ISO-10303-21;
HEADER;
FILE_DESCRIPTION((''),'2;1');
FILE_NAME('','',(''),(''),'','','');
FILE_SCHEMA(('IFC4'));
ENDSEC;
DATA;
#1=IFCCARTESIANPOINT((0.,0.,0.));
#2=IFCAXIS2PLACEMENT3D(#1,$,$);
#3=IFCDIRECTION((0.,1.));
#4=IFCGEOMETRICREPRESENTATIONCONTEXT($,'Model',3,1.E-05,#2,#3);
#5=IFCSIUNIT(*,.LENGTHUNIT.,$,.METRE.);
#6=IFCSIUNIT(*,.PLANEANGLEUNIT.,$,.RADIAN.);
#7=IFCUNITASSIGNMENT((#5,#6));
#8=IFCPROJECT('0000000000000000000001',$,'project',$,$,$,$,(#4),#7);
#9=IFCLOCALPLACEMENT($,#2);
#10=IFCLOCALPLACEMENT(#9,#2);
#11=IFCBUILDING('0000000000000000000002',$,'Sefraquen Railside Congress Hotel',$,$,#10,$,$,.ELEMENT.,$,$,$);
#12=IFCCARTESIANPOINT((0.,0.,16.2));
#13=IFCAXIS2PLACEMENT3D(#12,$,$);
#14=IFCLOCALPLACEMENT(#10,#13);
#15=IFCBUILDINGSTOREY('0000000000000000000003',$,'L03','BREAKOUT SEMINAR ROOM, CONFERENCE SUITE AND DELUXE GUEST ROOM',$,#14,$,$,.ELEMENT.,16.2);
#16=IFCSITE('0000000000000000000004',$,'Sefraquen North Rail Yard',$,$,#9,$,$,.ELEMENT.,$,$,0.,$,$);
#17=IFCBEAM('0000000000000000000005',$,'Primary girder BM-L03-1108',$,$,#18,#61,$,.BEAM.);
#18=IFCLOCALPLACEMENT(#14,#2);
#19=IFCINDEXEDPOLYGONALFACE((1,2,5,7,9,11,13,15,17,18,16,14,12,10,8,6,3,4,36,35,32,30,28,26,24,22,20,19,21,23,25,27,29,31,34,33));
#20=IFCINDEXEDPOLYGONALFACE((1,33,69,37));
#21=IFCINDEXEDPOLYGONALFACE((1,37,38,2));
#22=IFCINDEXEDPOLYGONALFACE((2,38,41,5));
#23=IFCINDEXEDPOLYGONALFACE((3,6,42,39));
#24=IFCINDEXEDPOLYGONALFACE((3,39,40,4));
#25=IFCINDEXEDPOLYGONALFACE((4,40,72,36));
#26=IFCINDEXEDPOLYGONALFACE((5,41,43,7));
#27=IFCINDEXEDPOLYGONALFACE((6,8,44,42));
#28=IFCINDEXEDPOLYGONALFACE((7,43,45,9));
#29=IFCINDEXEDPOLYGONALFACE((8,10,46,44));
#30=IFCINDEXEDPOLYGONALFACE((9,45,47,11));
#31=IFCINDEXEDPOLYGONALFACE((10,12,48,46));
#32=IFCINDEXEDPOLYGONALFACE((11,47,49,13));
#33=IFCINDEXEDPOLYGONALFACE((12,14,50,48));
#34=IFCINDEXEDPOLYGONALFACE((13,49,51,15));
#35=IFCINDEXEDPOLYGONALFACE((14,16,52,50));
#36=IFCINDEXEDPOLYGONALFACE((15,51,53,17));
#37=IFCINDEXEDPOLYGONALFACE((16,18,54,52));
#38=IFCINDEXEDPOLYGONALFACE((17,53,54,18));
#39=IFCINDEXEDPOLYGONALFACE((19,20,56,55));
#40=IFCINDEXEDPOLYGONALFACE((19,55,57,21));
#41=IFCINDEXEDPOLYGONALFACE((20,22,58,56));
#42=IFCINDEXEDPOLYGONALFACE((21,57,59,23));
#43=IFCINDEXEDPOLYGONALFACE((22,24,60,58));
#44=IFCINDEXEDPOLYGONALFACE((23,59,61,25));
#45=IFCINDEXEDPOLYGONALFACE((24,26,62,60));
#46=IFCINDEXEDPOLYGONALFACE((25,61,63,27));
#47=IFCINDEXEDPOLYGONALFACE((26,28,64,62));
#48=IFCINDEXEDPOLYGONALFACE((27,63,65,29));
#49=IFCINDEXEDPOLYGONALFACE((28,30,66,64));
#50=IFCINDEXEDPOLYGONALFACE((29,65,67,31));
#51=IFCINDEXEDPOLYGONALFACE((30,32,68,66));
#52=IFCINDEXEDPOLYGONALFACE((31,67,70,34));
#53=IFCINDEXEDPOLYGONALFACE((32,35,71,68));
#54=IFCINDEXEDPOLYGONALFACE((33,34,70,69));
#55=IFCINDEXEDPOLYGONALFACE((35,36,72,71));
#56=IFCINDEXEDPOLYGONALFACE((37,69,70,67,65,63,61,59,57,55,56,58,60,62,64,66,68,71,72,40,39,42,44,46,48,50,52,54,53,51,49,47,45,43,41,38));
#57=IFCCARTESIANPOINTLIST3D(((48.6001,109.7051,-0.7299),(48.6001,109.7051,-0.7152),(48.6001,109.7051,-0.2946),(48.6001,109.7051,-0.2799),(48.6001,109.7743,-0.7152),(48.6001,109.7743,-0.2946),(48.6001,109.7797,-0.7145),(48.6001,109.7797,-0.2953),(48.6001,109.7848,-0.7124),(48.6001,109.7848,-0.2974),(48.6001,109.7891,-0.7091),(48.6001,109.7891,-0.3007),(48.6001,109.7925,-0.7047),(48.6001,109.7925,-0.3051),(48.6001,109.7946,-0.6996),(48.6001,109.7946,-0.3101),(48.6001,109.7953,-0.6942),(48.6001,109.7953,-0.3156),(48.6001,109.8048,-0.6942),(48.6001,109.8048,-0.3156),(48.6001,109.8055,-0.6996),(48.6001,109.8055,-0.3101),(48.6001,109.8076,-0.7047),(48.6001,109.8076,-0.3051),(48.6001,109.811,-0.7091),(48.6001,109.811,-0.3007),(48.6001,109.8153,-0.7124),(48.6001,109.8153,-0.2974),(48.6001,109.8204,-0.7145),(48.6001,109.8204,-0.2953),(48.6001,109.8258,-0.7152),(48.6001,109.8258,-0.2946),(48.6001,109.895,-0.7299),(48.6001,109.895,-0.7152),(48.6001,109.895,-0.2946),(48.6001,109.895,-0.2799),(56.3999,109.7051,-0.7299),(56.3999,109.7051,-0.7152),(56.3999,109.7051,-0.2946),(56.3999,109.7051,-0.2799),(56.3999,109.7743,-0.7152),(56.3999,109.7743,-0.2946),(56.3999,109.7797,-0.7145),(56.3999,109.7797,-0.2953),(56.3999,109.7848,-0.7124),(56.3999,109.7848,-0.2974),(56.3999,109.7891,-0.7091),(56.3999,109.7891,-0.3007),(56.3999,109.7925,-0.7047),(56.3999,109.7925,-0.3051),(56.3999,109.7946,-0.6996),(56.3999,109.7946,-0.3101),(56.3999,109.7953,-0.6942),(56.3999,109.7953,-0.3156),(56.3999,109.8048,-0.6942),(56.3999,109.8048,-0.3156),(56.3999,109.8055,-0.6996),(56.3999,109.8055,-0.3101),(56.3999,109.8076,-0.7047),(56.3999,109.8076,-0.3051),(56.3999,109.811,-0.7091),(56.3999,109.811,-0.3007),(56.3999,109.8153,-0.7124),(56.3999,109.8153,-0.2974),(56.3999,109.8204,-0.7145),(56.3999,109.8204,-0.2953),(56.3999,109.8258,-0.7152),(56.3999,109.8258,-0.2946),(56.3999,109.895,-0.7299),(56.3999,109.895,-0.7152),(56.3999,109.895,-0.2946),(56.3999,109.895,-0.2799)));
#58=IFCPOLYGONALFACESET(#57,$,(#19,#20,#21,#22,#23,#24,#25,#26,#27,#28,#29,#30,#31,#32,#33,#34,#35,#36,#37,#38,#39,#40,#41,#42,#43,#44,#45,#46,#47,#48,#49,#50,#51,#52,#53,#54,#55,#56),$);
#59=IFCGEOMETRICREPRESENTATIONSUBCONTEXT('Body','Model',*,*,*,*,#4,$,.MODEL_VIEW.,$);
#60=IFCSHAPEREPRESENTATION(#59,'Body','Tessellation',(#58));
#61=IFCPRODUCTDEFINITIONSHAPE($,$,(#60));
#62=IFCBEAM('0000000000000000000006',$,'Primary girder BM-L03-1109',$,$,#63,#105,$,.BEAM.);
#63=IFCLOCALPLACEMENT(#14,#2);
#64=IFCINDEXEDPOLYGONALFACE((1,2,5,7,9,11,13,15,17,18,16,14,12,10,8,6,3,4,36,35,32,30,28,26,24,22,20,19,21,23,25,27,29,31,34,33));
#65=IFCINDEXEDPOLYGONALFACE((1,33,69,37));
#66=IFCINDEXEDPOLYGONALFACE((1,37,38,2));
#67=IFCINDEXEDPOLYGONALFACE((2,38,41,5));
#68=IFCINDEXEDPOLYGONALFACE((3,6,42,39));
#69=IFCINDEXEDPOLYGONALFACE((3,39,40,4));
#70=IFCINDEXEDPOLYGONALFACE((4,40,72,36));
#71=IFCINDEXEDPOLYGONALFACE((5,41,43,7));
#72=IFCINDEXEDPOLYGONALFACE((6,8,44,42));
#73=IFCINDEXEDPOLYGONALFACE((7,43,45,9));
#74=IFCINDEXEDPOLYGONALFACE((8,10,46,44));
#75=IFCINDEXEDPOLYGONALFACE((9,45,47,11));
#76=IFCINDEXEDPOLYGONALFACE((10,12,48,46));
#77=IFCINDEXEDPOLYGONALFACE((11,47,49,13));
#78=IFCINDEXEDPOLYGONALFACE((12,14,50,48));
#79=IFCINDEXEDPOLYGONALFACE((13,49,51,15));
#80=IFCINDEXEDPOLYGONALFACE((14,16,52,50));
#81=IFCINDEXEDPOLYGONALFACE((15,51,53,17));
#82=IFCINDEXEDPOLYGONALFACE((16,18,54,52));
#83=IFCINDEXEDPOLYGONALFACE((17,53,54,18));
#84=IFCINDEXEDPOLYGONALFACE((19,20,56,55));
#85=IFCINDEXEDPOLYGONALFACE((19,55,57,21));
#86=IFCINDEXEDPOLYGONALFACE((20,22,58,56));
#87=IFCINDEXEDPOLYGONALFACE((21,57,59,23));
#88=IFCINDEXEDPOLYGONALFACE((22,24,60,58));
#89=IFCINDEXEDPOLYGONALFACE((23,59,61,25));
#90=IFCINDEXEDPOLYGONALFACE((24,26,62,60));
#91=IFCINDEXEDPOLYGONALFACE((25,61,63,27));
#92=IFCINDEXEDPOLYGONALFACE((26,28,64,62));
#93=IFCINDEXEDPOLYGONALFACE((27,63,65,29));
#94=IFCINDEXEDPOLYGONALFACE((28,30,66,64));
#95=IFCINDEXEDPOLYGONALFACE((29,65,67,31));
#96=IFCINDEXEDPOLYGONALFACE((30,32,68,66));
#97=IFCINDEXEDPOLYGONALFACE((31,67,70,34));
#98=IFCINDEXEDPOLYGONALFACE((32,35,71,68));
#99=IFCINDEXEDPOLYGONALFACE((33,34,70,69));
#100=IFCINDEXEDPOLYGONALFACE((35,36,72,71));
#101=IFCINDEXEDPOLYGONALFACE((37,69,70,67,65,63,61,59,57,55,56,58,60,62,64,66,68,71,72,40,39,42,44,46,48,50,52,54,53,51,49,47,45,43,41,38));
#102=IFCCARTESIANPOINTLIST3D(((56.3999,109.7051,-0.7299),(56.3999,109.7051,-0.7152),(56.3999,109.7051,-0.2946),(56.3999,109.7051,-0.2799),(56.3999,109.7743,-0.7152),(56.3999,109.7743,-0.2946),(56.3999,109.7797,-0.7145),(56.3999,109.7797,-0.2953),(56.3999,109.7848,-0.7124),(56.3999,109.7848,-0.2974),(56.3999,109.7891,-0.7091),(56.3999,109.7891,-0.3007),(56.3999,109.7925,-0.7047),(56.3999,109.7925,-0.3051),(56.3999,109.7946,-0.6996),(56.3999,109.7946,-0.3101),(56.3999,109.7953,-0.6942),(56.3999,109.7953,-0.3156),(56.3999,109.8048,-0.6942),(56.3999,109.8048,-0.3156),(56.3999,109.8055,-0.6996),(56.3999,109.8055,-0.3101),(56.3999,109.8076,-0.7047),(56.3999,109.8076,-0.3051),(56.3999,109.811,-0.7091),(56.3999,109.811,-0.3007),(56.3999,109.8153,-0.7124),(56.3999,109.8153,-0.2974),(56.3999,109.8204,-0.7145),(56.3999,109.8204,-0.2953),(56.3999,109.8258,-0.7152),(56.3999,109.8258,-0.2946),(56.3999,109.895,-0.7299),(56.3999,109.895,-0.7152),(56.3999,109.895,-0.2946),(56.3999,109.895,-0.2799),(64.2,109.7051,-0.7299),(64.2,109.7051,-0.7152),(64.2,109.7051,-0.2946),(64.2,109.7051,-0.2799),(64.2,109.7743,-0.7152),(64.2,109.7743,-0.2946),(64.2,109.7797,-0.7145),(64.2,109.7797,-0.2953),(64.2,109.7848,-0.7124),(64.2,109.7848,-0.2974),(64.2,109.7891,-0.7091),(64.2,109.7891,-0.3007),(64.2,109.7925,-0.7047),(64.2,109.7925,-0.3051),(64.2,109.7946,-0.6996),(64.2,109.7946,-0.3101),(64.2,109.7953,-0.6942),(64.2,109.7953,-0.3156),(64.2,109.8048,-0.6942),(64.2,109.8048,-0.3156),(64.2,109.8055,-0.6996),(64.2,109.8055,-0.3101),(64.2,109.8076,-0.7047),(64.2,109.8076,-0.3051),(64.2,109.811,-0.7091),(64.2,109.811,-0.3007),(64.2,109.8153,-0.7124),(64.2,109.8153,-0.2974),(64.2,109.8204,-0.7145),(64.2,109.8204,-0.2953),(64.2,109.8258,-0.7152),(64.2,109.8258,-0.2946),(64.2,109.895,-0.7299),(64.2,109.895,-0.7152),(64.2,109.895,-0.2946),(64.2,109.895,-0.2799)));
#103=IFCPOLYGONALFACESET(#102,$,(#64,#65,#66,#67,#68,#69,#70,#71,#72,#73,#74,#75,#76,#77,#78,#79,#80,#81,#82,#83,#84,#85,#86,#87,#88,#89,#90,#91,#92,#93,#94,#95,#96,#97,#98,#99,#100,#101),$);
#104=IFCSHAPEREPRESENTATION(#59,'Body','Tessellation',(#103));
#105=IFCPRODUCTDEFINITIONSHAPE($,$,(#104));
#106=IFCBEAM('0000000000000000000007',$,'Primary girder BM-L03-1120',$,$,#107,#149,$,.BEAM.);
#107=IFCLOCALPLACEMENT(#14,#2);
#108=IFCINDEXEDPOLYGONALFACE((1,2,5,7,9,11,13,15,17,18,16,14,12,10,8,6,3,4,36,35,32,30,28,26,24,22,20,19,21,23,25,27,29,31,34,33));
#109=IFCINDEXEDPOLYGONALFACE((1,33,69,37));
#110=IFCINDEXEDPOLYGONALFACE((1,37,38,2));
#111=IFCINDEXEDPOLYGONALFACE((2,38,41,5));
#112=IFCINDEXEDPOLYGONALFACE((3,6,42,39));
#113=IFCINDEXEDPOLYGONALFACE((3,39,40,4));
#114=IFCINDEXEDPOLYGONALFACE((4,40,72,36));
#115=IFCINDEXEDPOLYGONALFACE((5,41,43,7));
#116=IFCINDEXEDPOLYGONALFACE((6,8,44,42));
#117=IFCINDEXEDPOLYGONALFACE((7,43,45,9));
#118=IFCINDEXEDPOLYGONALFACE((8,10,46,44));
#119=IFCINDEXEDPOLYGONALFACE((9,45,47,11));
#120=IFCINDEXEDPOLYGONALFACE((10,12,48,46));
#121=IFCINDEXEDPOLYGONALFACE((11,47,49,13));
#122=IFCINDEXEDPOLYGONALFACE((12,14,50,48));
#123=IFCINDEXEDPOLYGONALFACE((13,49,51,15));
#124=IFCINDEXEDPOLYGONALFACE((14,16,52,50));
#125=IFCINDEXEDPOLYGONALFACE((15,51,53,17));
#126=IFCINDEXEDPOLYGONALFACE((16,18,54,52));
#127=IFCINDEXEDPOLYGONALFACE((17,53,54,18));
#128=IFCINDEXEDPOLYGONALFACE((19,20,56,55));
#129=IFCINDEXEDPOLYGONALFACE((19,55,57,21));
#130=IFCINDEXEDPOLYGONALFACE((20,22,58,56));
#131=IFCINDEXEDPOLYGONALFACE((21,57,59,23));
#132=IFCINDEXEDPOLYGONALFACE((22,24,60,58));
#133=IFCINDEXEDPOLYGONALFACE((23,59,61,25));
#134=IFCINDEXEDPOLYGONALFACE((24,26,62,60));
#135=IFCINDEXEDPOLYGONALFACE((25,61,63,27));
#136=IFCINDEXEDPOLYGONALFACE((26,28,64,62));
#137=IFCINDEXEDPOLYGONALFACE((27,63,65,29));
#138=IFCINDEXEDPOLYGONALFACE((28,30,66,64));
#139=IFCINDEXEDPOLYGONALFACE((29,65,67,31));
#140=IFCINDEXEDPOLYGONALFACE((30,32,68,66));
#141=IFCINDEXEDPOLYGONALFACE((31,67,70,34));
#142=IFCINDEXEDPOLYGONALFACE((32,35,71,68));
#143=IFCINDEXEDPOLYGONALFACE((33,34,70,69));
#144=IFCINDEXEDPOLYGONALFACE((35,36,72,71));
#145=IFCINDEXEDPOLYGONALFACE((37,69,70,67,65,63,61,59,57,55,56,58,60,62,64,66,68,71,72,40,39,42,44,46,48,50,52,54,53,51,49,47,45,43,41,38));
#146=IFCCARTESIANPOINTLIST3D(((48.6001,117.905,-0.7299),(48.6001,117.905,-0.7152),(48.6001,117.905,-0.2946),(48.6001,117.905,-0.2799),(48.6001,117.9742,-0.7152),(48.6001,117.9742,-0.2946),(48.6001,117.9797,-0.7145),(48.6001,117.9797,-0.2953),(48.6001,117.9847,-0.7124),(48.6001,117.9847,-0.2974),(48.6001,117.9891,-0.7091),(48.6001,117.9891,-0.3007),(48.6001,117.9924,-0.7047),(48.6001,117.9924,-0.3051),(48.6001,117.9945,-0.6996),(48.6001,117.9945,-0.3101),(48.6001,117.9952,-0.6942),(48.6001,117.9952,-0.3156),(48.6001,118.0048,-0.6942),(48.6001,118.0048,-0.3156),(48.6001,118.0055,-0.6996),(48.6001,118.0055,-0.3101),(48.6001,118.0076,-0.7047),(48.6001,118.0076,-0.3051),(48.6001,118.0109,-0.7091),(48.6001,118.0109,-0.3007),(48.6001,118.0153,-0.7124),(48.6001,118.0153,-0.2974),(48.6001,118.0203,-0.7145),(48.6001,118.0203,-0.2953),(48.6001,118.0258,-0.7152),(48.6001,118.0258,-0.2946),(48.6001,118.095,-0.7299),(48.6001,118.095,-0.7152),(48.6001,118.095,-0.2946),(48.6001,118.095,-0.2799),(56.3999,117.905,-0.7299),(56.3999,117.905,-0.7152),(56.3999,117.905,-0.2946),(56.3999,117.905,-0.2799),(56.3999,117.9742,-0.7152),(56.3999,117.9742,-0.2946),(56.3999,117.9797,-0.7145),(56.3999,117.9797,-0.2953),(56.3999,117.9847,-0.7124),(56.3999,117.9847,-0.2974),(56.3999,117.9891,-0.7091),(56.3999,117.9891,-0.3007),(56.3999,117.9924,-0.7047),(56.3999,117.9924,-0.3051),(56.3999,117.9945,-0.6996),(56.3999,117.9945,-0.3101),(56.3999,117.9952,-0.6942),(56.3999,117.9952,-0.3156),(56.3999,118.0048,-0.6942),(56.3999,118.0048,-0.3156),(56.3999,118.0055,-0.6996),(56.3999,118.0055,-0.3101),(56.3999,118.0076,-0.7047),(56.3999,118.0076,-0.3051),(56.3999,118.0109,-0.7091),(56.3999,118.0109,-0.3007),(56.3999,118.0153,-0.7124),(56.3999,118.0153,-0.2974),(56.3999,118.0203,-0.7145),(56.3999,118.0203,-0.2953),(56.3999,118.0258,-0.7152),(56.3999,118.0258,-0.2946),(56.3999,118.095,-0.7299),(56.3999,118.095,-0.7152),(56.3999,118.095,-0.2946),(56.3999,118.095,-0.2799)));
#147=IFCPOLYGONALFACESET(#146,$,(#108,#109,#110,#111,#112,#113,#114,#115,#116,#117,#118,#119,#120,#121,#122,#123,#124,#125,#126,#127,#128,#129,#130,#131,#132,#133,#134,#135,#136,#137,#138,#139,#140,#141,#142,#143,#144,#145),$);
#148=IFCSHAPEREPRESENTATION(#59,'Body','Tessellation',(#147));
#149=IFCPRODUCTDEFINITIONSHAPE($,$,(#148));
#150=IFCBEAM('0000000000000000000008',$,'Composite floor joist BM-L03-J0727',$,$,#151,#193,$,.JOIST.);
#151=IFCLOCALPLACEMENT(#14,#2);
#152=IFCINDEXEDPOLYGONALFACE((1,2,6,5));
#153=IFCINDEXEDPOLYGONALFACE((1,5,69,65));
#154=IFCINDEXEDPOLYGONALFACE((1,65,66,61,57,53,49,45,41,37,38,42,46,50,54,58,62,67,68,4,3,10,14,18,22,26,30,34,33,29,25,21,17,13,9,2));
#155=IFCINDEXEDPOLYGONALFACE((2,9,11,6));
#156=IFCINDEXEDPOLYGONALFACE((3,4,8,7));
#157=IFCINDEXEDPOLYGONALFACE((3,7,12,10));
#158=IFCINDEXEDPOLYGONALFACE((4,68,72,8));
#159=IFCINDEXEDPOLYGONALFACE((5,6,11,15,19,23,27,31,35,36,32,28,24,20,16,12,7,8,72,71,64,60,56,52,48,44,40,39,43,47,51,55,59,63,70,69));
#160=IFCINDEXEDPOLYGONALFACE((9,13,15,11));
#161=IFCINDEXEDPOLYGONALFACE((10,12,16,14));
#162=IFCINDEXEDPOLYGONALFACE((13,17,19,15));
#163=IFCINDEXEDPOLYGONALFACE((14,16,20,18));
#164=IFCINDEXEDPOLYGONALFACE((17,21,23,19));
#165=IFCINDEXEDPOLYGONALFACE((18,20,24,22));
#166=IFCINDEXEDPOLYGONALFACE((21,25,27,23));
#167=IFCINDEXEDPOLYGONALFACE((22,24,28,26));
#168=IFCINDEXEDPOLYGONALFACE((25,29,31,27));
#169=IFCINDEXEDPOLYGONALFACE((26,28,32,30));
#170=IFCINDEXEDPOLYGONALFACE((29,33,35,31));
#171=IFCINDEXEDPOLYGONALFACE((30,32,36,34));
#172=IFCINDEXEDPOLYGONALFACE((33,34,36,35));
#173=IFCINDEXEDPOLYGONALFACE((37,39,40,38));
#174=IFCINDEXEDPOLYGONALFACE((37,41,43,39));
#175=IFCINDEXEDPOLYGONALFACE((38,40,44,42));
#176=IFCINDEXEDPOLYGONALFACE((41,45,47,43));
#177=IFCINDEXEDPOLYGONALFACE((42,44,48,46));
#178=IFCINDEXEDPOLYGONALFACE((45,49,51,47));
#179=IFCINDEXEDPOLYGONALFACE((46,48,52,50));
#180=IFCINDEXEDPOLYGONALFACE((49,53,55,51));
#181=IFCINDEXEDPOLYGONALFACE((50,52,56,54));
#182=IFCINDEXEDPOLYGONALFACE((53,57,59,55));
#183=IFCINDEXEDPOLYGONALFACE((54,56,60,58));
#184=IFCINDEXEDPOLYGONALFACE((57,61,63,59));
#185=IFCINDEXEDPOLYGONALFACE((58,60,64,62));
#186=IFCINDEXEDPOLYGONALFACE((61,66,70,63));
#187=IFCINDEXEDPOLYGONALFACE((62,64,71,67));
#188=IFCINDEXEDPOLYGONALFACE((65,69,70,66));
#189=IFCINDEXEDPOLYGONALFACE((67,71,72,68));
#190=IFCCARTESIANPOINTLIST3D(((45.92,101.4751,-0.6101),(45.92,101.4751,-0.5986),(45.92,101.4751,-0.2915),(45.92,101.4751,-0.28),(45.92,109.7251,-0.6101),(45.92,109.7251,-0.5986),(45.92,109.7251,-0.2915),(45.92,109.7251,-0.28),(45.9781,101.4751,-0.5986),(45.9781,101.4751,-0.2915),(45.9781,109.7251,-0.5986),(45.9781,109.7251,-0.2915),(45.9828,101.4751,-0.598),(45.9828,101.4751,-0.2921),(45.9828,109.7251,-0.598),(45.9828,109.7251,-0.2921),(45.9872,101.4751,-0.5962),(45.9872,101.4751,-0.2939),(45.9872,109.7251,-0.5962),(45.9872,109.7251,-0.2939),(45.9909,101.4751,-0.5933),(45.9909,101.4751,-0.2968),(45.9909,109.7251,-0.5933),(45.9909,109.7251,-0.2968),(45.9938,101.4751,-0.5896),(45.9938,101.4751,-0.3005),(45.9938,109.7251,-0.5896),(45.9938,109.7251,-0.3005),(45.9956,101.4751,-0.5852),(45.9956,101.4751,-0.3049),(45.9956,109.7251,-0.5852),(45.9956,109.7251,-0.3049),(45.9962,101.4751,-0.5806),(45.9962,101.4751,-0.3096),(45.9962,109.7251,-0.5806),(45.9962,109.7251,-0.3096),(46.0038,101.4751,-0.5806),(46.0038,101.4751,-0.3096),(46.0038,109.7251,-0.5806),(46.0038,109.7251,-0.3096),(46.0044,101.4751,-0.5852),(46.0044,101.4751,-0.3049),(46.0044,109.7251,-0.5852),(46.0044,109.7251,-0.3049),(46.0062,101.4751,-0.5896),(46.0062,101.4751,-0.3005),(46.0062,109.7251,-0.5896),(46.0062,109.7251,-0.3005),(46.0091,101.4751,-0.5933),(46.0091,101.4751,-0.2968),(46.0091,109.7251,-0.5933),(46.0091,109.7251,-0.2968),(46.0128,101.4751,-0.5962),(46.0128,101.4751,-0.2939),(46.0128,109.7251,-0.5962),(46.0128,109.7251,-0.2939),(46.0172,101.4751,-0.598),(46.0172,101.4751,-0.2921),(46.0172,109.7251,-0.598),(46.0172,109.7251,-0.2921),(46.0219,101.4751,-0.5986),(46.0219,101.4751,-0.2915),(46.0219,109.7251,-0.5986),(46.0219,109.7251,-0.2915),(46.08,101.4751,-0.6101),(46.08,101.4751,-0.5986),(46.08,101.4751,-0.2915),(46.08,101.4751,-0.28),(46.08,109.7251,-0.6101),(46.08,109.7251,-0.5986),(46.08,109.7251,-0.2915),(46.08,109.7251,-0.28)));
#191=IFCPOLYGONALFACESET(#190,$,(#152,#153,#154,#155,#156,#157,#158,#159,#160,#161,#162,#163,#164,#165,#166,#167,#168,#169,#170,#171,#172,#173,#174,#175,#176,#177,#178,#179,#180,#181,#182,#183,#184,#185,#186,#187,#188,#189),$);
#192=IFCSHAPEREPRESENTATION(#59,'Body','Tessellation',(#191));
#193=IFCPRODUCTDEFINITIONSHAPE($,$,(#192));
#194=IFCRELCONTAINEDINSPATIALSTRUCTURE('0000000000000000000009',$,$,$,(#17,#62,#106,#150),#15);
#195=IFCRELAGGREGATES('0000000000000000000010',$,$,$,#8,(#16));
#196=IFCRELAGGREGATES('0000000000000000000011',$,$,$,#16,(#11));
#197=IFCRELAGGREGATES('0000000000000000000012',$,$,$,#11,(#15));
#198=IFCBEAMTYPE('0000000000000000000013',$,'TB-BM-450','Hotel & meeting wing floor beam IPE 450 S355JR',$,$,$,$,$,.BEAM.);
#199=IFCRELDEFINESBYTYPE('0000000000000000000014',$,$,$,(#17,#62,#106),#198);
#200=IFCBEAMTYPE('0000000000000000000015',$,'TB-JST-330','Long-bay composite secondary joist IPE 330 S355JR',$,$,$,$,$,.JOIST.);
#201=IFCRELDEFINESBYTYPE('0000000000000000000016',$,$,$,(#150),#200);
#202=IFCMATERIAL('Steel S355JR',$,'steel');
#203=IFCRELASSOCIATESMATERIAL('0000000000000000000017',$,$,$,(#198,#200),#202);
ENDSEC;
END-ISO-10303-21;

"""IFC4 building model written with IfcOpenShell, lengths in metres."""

from ifc_helpers import new_model, si_unit, direction, frame, origin, origin_2d, place, context, subcontext, project, spatial, i_section, extrude, material, material_profile, profile_set, type_object, element, save


model = new_model("IFC4")

# Units and contexts
model_context = context("Model", 3, precision=1e-05, world=origin(), true_north=direction((0.0, 1.0)))
body_context = subcontext(model_context, "Body", "Model", "MODEL_VIEW")
ifc_project = project(units=[si_unit("LENGTHUNIT", "METRE"), si_unit("PLANEANGLEUNIT", "RADIAN")], contexts=[model_context])

# Site, building, storey
site_placement = place(None, origin())
site = spatial("IfcSite", under=ifc_project, at=site_placement, Name="Sefraquen North Rail Yard", CompositionType="ELEMENT", RefElevation=0.0)
building_placement = place(site_placement, origin())
building = spatial("IfcBuilding", under=site, at=building_placement, Name="Sefraquen Railside Congress Hotel", CompositionType="ELEMENT")
storey_placement = place(building_placement, frame((0.0, 0.0, 16.2)))
storey = spatial("IfcBuildingStorey", under=building, at=storey_placement, Name="L03", Description="BREAKOUT SEMINAR ROOM, CONFERENCE SUITE AND DELUXE GUEST ROOM", CompositionType="ELEMENT", Elevation=16.2)

# Shared definitions
ifc_material_1 = material(Name="Steel S355JR", Category="steel")

# Beams
ifc_material_profile_1 = material_profile(ifc_material_1, i_section(OverallWidth=0.1899, OverallDepth=0.45, WebThickness=0.0095, FlangeThickness=0.0146, FilletRadius=0.021, at=origin_2d()), Name="IPE 450")
ifc_profile_set_1 = profile_set([ifc_material_profile_1], Name="Steel S355JR")
beam_type_1 = type_object("IfcBeamType", Name="TB-BM-450", Description="Hotel & meeting wing floor beam IPE 450 S355JR", PredefinedType="BEAM", material=ifc_profile_set_1)
beam_1_placement = place(storey_placement, frame((48.6001, 109.8, -0.5049), z_axis=(1.0, 0.0, 0.0), x_axis=(0.0, 1.0, 0.0)))
element("IfcBeam", 1, at=beam_1_placement, inside=storey, type_object=beam_type_1, Name="Primary girder BM-L03-1108", PredefinedType="BEAM", context=body_context, shape_type="SweptSolid", body=[
    extrude(i_section(OverallWidth=0.1899, OverallDepth=0.45, WebThickness=0.0095, FlangeThickness=0.0146, FilletRadius=0.021, at=origin_2d()), origin(), (0.0, 0.0, 1.0), 7.7998),
])
beam_2_placement = place(storey_placement, frame((56.3999, 109.8, -0.5049), z_axis=(1.0, 0.0, 0.0), x_axis=(0.0, 1.0, 0.0)))
element("IfcBeam", 2, at=beam_2_placement, inside=storey, type_object=beam_type_1, Name="Primary girder BM-L03-1109", PredefinedType="BEAM", context=body_context, shape_type="SweptSolid", body=[
    extrude(i_section(OverallWidth=0.1899, OverallDepth=0.45, WebThickness=0.0095, FlangeThickness=0.0146, FilletRadius=0.021, at=origin_2d()), origin(), (0.0, 0.0, 1.0), 7.8),
])
beam_3_placement = place(storey_placement, frame((48.6001, 118.0, -0.5049), z_axis=(1.0, 0.0, 0.0), x_axis=(0.0, 1.0, 0.0)))
element("IfcBeam", 3, at=beam_3_placement, inside=storey, type_object=beam_type_1, Name="Primary girder BM-L03-1120", PredefinedType="BEAM", context=body_context, shape_type="SweptSolid", body=[
    extrude(i_section(OverallWidth=0.1899, OverallDepth=0.45, WebThickness=0.0095, FlangeThickness=0.0146, FilletRadius=0.021, at=origin_2d()), origin(), (0.0, 0.0, 1.0), 7.7998),
])
ifc_material_profile_2 = material_profile(ifc_material_1, i_section(OverallWidth=0.1599, OverallDepth=0.3301, WebThickness=0.0076, FlangeThickness=0.0115, FilletRadius=0.0181, at=origin_2d()), Name="IPE 330")
ifc_profile_set_2 = profile_set([ifc_material_profile_2], Name="Steel S355JR")
beam_type_2 = type_object("IfcBeamType", Name="TB-JST-330", Description="Long-bay composite secondary joist IPE 330 S355JR", PredefinedType="JOIST", material=ifc_profile_set_2)
beam_4_placement = place(storey_placement, frame((46.0, 101.4751, -0.4451), z_axis=(0.0, 1.0, 0.0), x_axis=(-1.0, 0.0, 0.0)))
element("IfcBeam", 4, at=beam_4_placement, inside=storey, type_object=beam_type_2, Name="Composite floor joist BM-L03-J0727", PredefinedType="JOIST", context=body_context, shape_type="SweptSolid", body=[
    extrude(i_section(OverallWidth=0.1599, OverallDepth=0.3301, WebThickness=0.0076, FlangeThickness=0.0115, FilletRadius=0.0181, at=origin_2d()), origin(), (0.0, 0.0, 1.0), 8.25),
])

save(model, "model.ifc")
